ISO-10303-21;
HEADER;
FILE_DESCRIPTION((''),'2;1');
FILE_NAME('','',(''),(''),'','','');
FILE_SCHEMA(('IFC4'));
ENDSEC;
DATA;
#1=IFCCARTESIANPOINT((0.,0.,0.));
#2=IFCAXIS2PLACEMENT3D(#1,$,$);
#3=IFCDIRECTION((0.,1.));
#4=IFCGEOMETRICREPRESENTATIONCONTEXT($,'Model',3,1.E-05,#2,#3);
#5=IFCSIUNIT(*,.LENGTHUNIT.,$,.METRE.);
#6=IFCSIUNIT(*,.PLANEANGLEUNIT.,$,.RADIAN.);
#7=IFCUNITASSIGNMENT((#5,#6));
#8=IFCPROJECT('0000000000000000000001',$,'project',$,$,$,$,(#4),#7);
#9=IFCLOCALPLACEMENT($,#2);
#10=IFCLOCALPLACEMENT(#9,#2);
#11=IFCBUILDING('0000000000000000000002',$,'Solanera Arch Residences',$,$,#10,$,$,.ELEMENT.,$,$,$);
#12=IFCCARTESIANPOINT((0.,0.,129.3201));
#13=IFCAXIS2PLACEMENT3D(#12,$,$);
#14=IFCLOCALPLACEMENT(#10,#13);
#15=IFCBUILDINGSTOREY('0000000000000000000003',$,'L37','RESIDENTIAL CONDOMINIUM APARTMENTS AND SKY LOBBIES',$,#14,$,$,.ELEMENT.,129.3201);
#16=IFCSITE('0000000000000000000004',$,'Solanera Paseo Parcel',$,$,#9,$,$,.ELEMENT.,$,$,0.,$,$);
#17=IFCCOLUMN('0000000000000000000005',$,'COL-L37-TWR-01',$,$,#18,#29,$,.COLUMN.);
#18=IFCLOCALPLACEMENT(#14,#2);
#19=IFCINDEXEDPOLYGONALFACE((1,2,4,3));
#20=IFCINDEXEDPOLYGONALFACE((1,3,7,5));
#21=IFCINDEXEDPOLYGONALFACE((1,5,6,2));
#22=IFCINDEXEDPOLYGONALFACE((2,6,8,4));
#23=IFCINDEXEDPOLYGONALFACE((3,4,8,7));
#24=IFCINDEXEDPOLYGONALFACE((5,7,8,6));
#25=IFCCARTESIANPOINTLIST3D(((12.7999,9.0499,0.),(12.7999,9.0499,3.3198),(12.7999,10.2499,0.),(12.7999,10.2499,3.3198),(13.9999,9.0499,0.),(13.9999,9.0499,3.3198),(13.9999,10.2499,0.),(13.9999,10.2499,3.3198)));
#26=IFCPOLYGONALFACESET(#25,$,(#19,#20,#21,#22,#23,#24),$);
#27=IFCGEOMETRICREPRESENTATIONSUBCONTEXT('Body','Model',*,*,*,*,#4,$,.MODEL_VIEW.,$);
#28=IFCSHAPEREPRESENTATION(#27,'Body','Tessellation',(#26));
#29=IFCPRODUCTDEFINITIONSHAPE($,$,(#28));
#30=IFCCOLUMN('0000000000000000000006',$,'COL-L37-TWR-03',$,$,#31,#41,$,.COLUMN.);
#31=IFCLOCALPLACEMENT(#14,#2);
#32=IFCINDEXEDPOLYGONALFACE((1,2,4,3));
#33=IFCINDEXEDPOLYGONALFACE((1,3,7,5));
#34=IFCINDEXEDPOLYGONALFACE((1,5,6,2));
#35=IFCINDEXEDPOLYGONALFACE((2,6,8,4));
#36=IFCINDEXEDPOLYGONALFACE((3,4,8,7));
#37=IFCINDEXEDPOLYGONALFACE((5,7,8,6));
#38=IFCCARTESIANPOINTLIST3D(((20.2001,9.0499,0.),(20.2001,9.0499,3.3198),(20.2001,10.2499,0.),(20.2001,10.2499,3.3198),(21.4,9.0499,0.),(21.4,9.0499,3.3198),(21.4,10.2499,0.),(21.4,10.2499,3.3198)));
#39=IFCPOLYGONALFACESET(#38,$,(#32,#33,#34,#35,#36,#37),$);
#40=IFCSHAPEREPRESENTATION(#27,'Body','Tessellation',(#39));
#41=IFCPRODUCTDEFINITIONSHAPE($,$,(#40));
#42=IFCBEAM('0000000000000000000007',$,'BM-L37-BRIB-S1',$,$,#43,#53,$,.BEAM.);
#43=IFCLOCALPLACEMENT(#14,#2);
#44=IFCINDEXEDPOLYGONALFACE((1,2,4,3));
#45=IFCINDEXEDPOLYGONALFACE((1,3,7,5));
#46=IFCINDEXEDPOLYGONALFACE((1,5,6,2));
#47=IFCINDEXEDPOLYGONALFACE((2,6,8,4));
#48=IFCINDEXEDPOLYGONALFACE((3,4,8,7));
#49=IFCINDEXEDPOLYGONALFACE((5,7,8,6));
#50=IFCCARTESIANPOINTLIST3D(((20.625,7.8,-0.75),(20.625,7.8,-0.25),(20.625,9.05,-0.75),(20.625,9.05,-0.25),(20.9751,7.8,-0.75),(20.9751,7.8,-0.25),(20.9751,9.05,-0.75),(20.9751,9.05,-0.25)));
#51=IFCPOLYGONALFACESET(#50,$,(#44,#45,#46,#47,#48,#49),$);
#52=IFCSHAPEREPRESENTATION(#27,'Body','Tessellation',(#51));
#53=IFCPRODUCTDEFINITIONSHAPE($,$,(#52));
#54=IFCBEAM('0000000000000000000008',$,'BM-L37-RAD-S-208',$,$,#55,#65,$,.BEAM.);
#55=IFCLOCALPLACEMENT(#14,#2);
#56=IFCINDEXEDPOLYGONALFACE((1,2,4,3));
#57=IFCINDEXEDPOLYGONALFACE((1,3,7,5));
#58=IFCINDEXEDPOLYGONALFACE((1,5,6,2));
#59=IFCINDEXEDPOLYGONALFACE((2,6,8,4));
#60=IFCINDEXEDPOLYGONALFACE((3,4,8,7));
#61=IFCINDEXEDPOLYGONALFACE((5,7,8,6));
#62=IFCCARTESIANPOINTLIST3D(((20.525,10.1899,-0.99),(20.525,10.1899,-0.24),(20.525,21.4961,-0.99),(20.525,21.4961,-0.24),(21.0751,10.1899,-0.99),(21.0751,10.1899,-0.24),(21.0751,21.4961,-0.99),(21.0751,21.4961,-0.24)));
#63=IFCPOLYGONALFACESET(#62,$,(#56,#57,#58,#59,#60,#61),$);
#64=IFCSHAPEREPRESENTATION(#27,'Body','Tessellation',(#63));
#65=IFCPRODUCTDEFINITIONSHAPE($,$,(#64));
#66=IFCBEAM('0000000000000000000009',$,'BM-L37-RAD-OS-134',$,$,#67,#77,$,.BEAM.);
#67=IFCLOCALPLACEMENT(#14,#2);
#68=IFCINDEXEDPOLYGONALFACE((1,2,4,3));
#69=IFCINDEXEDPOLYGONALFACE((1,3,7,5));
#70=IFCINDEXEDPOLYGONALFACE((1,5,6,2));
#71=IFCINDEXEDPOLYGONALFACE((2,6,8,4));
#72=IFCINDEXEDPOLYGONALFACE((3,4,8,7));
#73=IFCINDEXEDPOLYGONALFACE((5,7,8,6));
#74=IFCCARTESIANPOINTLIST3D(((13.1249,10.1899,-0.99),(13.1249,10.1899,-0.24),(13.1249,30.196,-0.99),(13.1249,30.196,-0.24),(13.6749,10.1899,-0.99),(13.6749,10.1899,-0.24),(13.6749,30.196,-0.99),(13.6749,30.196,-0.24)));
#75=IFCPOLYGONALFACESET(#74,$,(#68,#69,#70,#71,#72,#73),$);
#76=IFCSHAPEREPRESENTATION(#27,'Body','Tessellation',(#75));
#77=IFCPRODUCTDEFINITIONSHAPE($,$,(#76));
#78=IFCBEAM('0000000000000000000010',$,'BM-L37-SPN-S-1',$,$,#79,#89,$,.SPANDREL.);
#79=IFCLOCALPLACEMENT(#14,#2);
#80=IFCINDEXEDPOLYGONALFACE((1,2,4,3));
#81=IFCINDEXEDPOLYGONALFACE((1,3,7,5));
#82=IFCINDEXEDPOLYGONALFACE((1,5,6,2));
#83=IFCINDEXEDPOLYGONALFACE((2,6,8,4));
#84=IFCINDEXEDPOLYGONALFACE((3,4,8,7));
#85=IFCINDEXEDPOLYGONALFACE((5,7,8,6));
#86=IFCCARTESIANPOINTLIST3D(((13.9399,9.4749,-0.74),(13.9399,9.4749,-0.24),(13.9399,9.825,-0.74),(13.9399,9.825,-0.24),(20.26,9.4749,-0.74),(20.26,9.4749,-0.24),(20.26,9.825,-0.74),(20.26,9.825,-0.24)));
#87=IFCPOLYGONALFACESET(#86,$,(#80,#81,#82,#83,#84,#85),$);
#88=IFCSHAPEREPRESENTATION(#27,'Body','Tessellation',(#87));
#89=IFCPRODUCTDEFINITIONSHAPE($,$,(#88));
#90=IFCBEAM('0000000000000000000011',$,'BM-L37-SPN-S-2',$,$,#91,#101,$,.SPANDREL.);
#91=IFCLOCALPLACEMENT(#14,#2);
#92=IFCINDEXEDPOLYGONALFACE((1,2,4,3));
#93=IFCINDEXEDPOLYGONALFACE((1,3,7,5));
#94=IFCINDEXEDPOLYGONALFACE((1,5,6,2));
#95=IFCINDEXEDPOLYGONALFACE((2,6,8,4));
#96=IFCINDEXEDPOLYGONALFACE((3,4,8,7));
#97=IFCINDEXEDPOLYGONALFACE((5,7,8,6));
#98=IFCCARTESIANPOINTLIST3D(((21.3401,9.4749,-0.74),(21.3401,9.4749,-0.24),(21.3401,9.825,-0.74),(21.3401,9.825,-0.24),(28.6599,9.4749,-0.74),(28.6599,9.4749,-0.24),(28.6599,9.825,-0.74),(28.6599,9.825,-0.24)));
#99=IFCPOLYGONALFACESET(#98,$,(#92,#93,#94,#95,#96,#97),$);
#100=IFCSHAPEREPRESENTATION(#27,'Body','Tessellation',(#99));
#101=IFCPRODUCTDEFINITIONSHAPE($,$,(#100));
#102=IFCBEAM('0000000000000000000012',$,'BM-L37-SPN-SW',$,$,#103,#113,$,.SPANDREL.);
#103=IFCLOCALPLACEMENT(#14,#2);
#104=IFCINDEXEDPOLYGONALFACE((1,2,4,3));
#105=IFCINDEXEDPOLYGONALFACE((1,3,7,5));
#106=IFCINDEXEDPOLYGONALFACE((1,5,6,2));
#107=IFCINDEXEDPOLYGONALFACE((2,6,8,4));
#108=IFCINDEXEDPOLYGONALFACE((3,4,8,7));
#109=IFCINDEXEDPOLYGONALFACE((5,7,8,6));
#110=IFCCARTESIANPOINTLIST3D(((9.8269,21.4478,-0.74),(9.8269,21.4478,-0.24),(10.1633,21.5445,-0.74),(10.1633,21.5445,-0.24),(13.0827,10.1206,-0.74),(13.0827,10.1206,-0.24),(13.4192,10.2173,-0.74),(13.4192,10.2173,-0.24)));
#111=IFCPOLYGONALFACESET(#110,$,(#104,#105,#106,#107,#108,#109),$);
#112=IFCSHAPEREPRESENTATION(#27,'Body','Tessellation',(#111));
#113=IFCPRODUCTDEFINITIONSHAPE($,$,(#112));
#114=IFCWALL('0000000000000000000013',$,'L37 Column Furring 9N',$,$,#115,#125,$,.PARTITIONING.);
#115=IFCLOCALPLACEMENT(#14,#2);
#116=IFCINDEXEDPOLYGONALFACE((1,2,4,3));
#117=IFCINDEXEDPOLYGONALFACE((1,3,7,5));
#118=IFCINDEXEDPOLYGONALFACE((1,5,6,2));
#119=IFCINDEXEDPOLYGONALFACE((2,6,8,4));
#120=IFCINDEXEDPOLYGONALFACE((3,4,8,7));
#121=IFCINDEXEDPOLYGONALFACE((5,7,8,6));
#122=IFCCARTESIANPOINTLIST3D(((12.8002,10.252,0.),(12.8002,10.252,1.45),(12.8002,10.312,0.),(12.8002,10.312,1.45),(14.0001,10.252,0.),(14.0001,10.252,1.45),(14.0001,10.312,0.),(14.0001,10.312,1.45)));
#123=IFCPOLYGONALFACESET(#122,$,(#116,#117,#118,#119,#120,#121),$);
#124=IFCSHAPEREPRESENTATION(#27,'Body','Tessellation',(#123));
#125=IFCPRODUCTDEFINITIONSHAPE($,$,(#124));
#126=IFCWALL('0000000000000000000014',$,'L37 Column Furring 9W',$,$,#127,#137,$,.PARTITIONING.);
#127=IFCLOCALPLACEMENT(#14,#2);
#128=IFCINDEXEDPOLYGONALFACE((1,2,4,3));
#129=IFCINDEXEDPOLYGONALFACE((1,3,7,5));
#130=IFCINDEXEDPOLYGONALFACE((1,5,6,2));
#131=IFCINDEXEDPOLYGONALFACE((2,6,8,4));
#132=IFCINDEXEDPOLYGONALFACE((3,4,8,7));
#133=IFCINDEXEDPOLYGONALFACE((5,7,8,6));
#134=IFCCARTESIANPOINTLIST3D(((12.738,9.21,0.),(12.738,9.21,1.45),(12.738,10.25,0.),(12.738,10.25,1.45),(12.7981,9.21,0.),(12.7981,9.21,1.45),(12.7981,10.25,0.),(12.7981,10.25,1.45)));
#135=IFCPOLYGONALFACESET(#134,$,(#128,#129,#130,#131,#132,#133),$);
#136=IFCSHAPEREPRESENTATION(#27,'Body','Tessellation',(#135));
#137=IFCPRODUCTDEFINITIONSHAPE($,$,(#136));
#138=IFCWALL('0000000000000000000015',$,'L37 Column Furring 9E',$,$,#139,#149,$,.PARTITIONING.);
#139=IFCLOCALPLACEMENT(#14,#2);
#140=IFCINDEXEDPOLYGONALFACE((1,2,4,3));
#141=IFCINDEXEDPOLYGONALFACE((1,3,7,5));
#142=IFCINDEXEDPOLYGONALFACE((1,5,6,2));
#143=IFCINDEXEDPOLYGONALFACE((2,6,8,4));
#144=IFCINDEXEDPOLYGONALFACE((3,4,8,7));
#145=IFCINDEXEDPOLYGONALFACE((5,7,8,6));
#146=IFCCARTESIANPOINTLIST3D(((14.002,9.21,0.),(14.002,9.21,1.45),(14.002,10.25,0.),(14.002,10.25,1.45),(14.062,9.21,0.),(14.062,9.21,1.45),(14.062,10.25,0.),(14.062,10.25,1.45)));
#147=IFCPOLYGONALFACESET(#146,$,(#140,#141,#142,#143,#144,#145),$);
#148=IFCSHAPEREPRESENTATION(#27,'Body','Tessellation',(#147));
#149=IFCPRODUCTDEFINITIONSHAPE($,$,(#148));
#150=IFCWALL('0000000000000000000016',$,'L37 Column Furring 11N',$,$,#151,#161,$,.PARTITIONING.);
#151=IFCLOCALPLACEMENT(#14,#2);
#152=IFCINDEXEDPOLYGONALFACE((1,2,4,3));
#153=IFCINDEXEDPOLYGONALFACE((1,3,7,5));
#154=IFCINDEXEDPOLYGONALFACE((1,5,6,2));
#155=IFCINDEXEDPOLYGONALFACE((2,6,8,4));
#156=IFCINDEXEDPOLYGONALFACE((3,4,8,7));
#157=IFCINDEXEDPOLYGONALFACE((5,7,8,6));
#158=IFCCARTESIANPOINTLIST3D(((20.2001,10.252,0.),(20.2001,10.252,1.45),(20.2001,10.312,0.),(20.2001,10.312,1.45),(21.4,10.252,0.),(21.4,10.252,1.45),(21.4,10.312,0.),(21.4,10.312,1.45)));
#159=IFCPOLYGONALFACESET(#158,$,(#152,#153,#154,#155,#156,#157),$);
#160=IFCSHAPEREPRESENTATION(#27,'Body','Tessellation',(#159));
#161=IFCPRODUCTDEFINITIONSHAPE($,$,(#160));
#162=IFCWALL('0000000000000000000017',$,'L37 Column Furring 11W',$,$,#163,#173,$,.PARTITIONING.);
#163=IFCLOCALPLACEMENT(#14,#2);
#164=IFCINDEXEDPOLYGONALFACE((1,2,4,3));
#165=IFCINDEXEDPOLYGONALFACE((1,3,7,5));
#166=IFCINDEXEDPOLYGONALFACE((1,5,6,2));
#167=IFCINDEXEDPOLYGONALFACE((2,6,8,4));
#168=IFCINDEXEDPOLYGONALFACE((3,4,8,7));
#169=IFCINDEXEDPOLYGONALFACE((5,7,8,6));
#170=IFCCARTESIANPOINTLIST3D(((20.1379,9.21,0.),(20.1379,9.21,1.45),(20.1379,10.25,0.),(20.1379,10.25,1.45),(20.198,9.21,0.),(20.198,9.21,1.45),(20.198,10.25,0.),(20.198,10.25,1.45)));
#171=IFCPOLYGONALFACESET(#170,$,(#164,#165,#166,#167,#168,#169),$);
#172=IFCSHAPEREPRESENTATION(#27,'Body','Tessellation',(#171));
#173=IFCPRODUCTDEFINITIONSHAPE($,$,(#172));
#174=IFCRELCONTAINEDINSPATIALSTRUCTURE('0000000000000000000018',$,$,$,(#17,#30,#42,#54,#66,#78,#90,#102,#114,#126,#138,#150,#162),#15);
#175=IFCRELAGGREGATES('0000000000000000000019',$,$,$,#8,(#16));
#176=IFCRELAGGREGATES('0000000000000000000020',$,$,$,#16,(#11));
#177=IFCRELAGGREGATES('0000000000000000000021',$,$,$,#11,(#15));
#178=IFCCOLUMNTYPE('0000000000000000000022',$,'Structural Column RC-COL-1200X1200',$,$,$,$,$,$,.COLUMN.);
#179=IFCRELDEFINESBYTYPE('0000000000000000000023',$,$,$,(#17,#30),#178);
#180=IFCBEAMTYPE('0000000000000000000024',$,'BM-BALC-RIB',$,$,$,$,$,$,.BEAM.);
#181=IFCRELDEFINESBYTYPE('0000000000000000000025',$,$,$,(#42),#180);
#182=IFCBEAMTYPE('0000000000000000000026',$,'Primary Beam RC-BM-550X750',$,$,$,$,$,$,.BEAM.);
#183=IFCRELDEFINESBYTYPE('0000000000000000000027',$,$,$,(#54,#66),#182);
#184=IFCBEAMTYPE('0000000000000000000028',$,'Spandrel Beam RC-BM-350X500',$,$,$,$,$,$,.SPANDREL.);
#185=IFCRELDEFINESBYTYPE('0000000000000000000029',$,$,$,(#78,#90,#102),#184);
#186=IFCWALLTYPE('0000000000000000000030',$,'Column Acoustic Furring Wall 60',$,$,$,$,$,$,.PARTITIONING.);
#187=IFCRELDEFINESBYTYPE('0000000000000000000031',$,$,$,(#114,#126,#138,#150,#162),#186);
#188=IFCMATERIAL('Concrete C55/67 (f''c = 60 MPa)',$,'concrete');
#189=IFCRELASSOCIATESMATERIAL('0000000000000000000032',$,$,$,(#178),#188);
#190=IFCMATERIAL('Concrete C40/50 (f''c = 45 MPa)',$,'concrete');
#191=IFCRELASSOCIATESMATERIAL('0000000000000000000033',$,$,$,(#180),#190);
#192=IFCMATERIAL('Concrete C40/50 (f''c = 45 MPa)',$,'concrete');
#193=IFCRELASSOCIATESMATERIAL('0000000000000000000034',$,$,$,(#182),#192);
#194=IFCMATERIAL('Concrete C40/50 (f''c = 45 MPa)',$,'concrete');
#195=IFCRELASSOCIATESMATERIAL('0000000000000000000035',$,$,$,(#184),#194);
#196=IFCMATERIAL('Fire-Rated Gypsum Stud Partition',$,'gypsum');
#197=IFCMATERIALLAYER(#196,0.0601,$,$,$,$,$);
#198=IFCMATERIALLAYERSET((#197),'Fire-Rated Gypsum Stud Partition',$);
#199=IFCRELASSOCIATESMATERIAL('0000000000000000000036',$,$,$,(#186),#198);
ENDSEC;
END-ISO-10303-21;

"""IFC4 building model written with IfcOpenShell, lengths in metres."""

from ifc_helpers import new_model, si_unit, direction, frame, frame_2d, origin, origin_2d, place, context, subcontext, project, spatial, rectangle, extrude, material, layer, layer_set, material_profile, profile_set, type_object, element, save


model = new_model("IFC4")

# Units and contexts
model_context = context("Model", 3, precision=1e-05, world=origin(), true_north=direction((0.0, 1.0)))
body_context = subcontext(model_context, "Body", "Model", "MODEL_VIEW")
ifc_project = project(units=[si_unit("LENGTHUNIT", "METRE"), si_unit("PLANEANGLEUNIT", "RADIAN")], contexts=[model_context])

# Site, building, storey
site_placement = place(None, origin())
site = spatial("IfcSite", under=ifc_project, at=site_placement, Name="Solanera Paseo Parcel", CompositionType="ELEMENT", RefElevation=0.0)
building_placement = place(site_placement, origin())
building = spatial("IfcBuilding", under=site, at=building_placement, Name="Solanera Arch Residences", CompositionType="ELEMENT")
storey_placement = place(building_placement, frame((0.0, 0.0, 129.3201)))
storey = spatial("IfcBuildingStorey", under=building, at=storey_placement, Name="L37", Description="RESIDENTIAL CONDOMINIUM APARTMENTS AND SKY LOBBIES", CompositionType="ELEMENT", Elevation=129.3201)

# Columns
ifc_material_1 = material(Name="Concrete C55/67 (f'c = 60 MPa)", Category="concrete")
ifc_material_profile_1 = material_profile(ifc_material_1, rectangle(XDim=1.2, YDim=1.2, at=origin_2d()))
ifc_profile_set_1 = profile_set([ifc_material_profile_1], Name="Concrete C55/67 (f'c = 60 MPa)")
column_type = type_object("IfcColumnType", Name="Structural Column RC-COL-1200X1200", PredefinedType="COLUMN", material=ifc_profile_set_1)
for number, where, z_axis, x_axis, name in (
    (1, (13.3999, 9.6499, 0.0), (0.0, 0.0, 1.0), (1.0, 0.0, 0.0), "COL-L37-TWR-01"),
    (2, (20.8, 9.6499, 0.0), (0.0, 0.0, 1.0), (1.0, 0.0, 0.0), "COL-L37-TWR-03"),
):
    element("IfcColumn", number, at=place(storey_placement, frame(where, z_axis=z_axis, x_axis=x_axis)), inside=storey, type_object=column_type, Name=name, PredefinedType="COLUMN", context=body_context, shape_type="SweptSolid", body=[
        extrude(rectangle(XDim=1.2, YDim=1.2, at=origin_2d()), origin(), (0.0, 0.0, 1.0), 3.3198),
    ])

# Beams
ifc_material_2 = material(Name="Concrete C40/50 (f'c = 45 MPa)", Category="concrete")
ifc_material_profile_2 = material_profile(ifc_material_2, rectangle(XDim=0.3501, YDim=0.5, at=origin_2d()))
ifc_profile_set_2 = profile_set([ifc_material_profile_2], Name="Concrete C40/50 (f'c = 45 MPa)")
beam_type_1 = type_object("IfcBeamType", Name="BM-BALC-RIB", PredefinedType="BEAM", material=ifc_profile_set_2)
beam_1_placement = place(storey_placement, frame((20.8, 7.8, -0.5), z_axis=(0.0, 1.0, 0.0), x_axis=(-1.0, 0.0, 0.0)))
element("IfcBeam", 3, at=beam_1_placement, inside=storey, type_object=beam_type_1, Name="BM-L37-BRIB-S1", PredefinedType="BEAM", context=body_context, shape_type="SweptSolid", body=[
    extrude(rectangle(XDim=0.3501, YDim=0.5, at=origin_2d()), origin(), (0.0, 0.0, 1.0), 1.25),
])
ifc_material_3 = material(Name="Concrete C40/50 (f'c = 45 MPa)", Category="concrete")
ifc_material_profile_3 = material_profile(ifc_material_3, rectangle(XDim=0.55, YDim=0.75, at=origin_2d()))
ifc_profile_set_3 = profile_set([ifc_material_profile_3], Name="Concrete C40/50 (f'c = 45 MPa)")
beam_type_2 = type_object("IfcBeamType", Name="Primary Beam RC-BM-550X750", PredefinedType="BEAM", material=ifc_profile_set_3)
beam_2_placement = place(storey_placement, frame((20.8, 10.1899, -0.615), z_axis=(0.0, 1.0, 0.0), x_axis=(-1.0, 0.0, 0.0)))
element("IfcBeam", 4, at=beam_2_placement, inside=storey, type_object=beam_type_2, Name="BM-L37-RAD-S-208", PredefinedType="BEAM", context=body_context, shape_type="SweptSolid", body=[
    extrude(rectangle(XDim=0.55, YDim=0.75, at=origin_2d()), origin(), (0.0, 0.0, 1.0), 11.3062),
])
beam_3_placement = place(storey_placement, frame((13.3999, 10.1899, -0.615), z_axis=(0.0, 1.0, 0.0), x_axis=(-1.0, 0.0, 0.0)))
element("IfcBeam", 5, at=beam_3_placement, inside=storey, type_object=beam_type_2, Name="BM-L37-RAD-OS-134", PredefinedType="BEAM", context=body_context, shape_type="SweptSolid", body=[
    extrude(rectangle(XDim=0.55, YDim=0.75, at=origin_2d()), origin(), (0.0, 0.0, 1.0), 20.0061),
])
ifc_material_4 = material(Name="Concrete C40/50 (f'c = 45 MPa)", Category="concrete")
ifc_material_profile_4 = material_profile(ifc_material_4, rectangle(XDim=0.3501, YDim=0.5, at=origin_2d()))
ifc_profile_set_4 = profile_set([ifc_material_profile_4], Name="Concrete C40/50 (f'c = 45 MPa)")
beam_type_3 = type_object("IfcBeamType", Name="Spandrel Beam RC-BM-350X500", PredefinedType="SPANDREL", material=ifc_profile_set_4)
beam_4_placement = place(storey_placement, frame((13.9399, 9.6499, -0.49), z_axis=(1.0, 0.0, 0.0), x_axis=(0.0, 1.0, 0.0)))
element("IfcBeam", 6, at=beam_4_placement, inside=storey, type_object=beam_type_3, Name="BM-L37-SPN-S-1", PredefinedType="SPANDREL", context=body_context, shape_type="SweptSolid", body=[
    extrude(rectangle(XDim=0.3501, YDim=0.5, at=origin_2d()), origin(), (0.0, 0.0, 1.0), 6.3201),
])
beam_5_placement = place(storey_placement, frame((21.3401, 9.6499, -0.49), z_axis=(1.0, 0.0, 0.0), x_axis=(0.0, 1.0, 0.0)))
element("IfcBeam", 7, at=beam_5_placement, inside=storey, type_object=beam_type_3, Name="BM-L37-SPN-S-2", PredefinedType="SPANDREL", context=body_context, shape_type="SweptSolid", body=[
    extrude(rectangle(XDim=0.3501, YDim=0.5, at=origin_2d()), origin(), (0.0, 0.0, 1.0), 7.3198),
])
beam_6_placement = place(storey_placement, frame((13.251, 10.1689, -0.49), z_axis=(-0.276253, 0.961085, 0.0), x_axis=(-0.961085, -0.276253, 0.0)))
element("IfcBeam", 8, at=beam_6_placement, inside=storey, type_object=beam_type_3, Name="BM-L37-SPN-SW", PredefinedType="SPANDREL", context=body_context, shape_type="SweptSolid", body=[
    extrude(rectangle(XDim=0.3501, YDim=0.5, at=origin_2d()), origin(), (0.0, 0.0, 1.0), 11.7859),
])

# Walls
ifc_material_5 = material(Name="Fire-Rated Gypsum Stud Partition", Category="gypsum")
ifc_layer_1 = layer(ifc_material_5, 0.0601)
ifc_layer_set_1 = layer_set([ifc_layer_1], Name="Fire-Rated Gypsum Stud Partition")
wall_type_1 = type_object("IfcWallType", Name="Column Acoustic Furring Wall 60", PredefinedType="PARTITIONING", material=ifc_layer_set_1)
wall_1_placement = place(storey_placement, frame((12.8, 10.282, 0.0), z_axis=(0.0, 0.0, 1.0), x_axis=(1.0, 0.0, 0.0)))
element("IfcWall", 9, at=wall_1_placement, inside=storey, type_object=wall_type_1, Name="L37 Column Furring 9N", PredefinedType="PARTITIONING", context=body_context, shape_type="SweptSolid", body=[
    extrude(rectangle(XDim=1.2, YDim=0.0601, at=frame_2d((0.6001, 0.0))), origin(), (0.0, 0.0, 1.0), 1.45),
])
for number, where, z_axis, x_axis, name in (
    (10, (12.7681, 9.21, 0.0), (0.0, 0.0, 1.0), (0.0, 1.0, 0.0), "L37 Column Furring 9W"),
    (11, (14.032, 9.21, 0.0), (0.0, 0.0, 1.0), (0.0, 1.0, 0.0), "L37 Column Furring 9E"),
):
    element("IfcWall", number, at=place(storey_placement, frame(where, z_axis=z_axis, x_axis=x_axis)), inside=storey, type_object=wall_type_1, Name=name, PredefinedType="PARTITIONING", context=body_context, shape_type="SweptSolid", body=[
        extrude(rectangle(XDim=1.04, YDim=0.0601, at=frame_2d((0.52, 0.0))), origin(), (0.0, 0.0, 1.0), 1.45),
    ])
wall_2_placement = place(storey_placement, frame((20.2, 10.282, 0.0), z_axis=(0.0, 0.0, 1.0), x_axis=(1.0, 0.0, 0.0)))
element("IfcWall", 12, at=wall_2_placement, inside=storey, type_object=wall_type_1, Name="L37 Column Furring 11N", PredefinedType="PARTITIONING", context=body_context, shape_type="SweptSolid", body=[
    extrude(rectangle(XDim=1.2, YDim=0.0601, at=frame_2d((0.6001, 0.0))), origin(), (0.0, 0.0, 1.0), 1.45),
])
wall_3_placement = place(storey_placement, frame((20.168, 9.21, 0.0), z_axis=(0.0, 0.0, 1.0), x_axis=(0.0, 1.0, 0.0)))
element("IfcWall", 13, at=wall_3_placement, inside=storey, type_object=wall_type_1, Name="L37 Column Furring 11W", PredefinedType="PARTITIONING", context=body_context, shape_type="SweptSolid", body=[
    extrude(rectangle(XDim=1.04, YDim=0.0601, at=frame_2d((0.52, 0.0))), origin(), (0.0, 0.0, 1.0), 1.45),
])

save(model, "model.ifc")
